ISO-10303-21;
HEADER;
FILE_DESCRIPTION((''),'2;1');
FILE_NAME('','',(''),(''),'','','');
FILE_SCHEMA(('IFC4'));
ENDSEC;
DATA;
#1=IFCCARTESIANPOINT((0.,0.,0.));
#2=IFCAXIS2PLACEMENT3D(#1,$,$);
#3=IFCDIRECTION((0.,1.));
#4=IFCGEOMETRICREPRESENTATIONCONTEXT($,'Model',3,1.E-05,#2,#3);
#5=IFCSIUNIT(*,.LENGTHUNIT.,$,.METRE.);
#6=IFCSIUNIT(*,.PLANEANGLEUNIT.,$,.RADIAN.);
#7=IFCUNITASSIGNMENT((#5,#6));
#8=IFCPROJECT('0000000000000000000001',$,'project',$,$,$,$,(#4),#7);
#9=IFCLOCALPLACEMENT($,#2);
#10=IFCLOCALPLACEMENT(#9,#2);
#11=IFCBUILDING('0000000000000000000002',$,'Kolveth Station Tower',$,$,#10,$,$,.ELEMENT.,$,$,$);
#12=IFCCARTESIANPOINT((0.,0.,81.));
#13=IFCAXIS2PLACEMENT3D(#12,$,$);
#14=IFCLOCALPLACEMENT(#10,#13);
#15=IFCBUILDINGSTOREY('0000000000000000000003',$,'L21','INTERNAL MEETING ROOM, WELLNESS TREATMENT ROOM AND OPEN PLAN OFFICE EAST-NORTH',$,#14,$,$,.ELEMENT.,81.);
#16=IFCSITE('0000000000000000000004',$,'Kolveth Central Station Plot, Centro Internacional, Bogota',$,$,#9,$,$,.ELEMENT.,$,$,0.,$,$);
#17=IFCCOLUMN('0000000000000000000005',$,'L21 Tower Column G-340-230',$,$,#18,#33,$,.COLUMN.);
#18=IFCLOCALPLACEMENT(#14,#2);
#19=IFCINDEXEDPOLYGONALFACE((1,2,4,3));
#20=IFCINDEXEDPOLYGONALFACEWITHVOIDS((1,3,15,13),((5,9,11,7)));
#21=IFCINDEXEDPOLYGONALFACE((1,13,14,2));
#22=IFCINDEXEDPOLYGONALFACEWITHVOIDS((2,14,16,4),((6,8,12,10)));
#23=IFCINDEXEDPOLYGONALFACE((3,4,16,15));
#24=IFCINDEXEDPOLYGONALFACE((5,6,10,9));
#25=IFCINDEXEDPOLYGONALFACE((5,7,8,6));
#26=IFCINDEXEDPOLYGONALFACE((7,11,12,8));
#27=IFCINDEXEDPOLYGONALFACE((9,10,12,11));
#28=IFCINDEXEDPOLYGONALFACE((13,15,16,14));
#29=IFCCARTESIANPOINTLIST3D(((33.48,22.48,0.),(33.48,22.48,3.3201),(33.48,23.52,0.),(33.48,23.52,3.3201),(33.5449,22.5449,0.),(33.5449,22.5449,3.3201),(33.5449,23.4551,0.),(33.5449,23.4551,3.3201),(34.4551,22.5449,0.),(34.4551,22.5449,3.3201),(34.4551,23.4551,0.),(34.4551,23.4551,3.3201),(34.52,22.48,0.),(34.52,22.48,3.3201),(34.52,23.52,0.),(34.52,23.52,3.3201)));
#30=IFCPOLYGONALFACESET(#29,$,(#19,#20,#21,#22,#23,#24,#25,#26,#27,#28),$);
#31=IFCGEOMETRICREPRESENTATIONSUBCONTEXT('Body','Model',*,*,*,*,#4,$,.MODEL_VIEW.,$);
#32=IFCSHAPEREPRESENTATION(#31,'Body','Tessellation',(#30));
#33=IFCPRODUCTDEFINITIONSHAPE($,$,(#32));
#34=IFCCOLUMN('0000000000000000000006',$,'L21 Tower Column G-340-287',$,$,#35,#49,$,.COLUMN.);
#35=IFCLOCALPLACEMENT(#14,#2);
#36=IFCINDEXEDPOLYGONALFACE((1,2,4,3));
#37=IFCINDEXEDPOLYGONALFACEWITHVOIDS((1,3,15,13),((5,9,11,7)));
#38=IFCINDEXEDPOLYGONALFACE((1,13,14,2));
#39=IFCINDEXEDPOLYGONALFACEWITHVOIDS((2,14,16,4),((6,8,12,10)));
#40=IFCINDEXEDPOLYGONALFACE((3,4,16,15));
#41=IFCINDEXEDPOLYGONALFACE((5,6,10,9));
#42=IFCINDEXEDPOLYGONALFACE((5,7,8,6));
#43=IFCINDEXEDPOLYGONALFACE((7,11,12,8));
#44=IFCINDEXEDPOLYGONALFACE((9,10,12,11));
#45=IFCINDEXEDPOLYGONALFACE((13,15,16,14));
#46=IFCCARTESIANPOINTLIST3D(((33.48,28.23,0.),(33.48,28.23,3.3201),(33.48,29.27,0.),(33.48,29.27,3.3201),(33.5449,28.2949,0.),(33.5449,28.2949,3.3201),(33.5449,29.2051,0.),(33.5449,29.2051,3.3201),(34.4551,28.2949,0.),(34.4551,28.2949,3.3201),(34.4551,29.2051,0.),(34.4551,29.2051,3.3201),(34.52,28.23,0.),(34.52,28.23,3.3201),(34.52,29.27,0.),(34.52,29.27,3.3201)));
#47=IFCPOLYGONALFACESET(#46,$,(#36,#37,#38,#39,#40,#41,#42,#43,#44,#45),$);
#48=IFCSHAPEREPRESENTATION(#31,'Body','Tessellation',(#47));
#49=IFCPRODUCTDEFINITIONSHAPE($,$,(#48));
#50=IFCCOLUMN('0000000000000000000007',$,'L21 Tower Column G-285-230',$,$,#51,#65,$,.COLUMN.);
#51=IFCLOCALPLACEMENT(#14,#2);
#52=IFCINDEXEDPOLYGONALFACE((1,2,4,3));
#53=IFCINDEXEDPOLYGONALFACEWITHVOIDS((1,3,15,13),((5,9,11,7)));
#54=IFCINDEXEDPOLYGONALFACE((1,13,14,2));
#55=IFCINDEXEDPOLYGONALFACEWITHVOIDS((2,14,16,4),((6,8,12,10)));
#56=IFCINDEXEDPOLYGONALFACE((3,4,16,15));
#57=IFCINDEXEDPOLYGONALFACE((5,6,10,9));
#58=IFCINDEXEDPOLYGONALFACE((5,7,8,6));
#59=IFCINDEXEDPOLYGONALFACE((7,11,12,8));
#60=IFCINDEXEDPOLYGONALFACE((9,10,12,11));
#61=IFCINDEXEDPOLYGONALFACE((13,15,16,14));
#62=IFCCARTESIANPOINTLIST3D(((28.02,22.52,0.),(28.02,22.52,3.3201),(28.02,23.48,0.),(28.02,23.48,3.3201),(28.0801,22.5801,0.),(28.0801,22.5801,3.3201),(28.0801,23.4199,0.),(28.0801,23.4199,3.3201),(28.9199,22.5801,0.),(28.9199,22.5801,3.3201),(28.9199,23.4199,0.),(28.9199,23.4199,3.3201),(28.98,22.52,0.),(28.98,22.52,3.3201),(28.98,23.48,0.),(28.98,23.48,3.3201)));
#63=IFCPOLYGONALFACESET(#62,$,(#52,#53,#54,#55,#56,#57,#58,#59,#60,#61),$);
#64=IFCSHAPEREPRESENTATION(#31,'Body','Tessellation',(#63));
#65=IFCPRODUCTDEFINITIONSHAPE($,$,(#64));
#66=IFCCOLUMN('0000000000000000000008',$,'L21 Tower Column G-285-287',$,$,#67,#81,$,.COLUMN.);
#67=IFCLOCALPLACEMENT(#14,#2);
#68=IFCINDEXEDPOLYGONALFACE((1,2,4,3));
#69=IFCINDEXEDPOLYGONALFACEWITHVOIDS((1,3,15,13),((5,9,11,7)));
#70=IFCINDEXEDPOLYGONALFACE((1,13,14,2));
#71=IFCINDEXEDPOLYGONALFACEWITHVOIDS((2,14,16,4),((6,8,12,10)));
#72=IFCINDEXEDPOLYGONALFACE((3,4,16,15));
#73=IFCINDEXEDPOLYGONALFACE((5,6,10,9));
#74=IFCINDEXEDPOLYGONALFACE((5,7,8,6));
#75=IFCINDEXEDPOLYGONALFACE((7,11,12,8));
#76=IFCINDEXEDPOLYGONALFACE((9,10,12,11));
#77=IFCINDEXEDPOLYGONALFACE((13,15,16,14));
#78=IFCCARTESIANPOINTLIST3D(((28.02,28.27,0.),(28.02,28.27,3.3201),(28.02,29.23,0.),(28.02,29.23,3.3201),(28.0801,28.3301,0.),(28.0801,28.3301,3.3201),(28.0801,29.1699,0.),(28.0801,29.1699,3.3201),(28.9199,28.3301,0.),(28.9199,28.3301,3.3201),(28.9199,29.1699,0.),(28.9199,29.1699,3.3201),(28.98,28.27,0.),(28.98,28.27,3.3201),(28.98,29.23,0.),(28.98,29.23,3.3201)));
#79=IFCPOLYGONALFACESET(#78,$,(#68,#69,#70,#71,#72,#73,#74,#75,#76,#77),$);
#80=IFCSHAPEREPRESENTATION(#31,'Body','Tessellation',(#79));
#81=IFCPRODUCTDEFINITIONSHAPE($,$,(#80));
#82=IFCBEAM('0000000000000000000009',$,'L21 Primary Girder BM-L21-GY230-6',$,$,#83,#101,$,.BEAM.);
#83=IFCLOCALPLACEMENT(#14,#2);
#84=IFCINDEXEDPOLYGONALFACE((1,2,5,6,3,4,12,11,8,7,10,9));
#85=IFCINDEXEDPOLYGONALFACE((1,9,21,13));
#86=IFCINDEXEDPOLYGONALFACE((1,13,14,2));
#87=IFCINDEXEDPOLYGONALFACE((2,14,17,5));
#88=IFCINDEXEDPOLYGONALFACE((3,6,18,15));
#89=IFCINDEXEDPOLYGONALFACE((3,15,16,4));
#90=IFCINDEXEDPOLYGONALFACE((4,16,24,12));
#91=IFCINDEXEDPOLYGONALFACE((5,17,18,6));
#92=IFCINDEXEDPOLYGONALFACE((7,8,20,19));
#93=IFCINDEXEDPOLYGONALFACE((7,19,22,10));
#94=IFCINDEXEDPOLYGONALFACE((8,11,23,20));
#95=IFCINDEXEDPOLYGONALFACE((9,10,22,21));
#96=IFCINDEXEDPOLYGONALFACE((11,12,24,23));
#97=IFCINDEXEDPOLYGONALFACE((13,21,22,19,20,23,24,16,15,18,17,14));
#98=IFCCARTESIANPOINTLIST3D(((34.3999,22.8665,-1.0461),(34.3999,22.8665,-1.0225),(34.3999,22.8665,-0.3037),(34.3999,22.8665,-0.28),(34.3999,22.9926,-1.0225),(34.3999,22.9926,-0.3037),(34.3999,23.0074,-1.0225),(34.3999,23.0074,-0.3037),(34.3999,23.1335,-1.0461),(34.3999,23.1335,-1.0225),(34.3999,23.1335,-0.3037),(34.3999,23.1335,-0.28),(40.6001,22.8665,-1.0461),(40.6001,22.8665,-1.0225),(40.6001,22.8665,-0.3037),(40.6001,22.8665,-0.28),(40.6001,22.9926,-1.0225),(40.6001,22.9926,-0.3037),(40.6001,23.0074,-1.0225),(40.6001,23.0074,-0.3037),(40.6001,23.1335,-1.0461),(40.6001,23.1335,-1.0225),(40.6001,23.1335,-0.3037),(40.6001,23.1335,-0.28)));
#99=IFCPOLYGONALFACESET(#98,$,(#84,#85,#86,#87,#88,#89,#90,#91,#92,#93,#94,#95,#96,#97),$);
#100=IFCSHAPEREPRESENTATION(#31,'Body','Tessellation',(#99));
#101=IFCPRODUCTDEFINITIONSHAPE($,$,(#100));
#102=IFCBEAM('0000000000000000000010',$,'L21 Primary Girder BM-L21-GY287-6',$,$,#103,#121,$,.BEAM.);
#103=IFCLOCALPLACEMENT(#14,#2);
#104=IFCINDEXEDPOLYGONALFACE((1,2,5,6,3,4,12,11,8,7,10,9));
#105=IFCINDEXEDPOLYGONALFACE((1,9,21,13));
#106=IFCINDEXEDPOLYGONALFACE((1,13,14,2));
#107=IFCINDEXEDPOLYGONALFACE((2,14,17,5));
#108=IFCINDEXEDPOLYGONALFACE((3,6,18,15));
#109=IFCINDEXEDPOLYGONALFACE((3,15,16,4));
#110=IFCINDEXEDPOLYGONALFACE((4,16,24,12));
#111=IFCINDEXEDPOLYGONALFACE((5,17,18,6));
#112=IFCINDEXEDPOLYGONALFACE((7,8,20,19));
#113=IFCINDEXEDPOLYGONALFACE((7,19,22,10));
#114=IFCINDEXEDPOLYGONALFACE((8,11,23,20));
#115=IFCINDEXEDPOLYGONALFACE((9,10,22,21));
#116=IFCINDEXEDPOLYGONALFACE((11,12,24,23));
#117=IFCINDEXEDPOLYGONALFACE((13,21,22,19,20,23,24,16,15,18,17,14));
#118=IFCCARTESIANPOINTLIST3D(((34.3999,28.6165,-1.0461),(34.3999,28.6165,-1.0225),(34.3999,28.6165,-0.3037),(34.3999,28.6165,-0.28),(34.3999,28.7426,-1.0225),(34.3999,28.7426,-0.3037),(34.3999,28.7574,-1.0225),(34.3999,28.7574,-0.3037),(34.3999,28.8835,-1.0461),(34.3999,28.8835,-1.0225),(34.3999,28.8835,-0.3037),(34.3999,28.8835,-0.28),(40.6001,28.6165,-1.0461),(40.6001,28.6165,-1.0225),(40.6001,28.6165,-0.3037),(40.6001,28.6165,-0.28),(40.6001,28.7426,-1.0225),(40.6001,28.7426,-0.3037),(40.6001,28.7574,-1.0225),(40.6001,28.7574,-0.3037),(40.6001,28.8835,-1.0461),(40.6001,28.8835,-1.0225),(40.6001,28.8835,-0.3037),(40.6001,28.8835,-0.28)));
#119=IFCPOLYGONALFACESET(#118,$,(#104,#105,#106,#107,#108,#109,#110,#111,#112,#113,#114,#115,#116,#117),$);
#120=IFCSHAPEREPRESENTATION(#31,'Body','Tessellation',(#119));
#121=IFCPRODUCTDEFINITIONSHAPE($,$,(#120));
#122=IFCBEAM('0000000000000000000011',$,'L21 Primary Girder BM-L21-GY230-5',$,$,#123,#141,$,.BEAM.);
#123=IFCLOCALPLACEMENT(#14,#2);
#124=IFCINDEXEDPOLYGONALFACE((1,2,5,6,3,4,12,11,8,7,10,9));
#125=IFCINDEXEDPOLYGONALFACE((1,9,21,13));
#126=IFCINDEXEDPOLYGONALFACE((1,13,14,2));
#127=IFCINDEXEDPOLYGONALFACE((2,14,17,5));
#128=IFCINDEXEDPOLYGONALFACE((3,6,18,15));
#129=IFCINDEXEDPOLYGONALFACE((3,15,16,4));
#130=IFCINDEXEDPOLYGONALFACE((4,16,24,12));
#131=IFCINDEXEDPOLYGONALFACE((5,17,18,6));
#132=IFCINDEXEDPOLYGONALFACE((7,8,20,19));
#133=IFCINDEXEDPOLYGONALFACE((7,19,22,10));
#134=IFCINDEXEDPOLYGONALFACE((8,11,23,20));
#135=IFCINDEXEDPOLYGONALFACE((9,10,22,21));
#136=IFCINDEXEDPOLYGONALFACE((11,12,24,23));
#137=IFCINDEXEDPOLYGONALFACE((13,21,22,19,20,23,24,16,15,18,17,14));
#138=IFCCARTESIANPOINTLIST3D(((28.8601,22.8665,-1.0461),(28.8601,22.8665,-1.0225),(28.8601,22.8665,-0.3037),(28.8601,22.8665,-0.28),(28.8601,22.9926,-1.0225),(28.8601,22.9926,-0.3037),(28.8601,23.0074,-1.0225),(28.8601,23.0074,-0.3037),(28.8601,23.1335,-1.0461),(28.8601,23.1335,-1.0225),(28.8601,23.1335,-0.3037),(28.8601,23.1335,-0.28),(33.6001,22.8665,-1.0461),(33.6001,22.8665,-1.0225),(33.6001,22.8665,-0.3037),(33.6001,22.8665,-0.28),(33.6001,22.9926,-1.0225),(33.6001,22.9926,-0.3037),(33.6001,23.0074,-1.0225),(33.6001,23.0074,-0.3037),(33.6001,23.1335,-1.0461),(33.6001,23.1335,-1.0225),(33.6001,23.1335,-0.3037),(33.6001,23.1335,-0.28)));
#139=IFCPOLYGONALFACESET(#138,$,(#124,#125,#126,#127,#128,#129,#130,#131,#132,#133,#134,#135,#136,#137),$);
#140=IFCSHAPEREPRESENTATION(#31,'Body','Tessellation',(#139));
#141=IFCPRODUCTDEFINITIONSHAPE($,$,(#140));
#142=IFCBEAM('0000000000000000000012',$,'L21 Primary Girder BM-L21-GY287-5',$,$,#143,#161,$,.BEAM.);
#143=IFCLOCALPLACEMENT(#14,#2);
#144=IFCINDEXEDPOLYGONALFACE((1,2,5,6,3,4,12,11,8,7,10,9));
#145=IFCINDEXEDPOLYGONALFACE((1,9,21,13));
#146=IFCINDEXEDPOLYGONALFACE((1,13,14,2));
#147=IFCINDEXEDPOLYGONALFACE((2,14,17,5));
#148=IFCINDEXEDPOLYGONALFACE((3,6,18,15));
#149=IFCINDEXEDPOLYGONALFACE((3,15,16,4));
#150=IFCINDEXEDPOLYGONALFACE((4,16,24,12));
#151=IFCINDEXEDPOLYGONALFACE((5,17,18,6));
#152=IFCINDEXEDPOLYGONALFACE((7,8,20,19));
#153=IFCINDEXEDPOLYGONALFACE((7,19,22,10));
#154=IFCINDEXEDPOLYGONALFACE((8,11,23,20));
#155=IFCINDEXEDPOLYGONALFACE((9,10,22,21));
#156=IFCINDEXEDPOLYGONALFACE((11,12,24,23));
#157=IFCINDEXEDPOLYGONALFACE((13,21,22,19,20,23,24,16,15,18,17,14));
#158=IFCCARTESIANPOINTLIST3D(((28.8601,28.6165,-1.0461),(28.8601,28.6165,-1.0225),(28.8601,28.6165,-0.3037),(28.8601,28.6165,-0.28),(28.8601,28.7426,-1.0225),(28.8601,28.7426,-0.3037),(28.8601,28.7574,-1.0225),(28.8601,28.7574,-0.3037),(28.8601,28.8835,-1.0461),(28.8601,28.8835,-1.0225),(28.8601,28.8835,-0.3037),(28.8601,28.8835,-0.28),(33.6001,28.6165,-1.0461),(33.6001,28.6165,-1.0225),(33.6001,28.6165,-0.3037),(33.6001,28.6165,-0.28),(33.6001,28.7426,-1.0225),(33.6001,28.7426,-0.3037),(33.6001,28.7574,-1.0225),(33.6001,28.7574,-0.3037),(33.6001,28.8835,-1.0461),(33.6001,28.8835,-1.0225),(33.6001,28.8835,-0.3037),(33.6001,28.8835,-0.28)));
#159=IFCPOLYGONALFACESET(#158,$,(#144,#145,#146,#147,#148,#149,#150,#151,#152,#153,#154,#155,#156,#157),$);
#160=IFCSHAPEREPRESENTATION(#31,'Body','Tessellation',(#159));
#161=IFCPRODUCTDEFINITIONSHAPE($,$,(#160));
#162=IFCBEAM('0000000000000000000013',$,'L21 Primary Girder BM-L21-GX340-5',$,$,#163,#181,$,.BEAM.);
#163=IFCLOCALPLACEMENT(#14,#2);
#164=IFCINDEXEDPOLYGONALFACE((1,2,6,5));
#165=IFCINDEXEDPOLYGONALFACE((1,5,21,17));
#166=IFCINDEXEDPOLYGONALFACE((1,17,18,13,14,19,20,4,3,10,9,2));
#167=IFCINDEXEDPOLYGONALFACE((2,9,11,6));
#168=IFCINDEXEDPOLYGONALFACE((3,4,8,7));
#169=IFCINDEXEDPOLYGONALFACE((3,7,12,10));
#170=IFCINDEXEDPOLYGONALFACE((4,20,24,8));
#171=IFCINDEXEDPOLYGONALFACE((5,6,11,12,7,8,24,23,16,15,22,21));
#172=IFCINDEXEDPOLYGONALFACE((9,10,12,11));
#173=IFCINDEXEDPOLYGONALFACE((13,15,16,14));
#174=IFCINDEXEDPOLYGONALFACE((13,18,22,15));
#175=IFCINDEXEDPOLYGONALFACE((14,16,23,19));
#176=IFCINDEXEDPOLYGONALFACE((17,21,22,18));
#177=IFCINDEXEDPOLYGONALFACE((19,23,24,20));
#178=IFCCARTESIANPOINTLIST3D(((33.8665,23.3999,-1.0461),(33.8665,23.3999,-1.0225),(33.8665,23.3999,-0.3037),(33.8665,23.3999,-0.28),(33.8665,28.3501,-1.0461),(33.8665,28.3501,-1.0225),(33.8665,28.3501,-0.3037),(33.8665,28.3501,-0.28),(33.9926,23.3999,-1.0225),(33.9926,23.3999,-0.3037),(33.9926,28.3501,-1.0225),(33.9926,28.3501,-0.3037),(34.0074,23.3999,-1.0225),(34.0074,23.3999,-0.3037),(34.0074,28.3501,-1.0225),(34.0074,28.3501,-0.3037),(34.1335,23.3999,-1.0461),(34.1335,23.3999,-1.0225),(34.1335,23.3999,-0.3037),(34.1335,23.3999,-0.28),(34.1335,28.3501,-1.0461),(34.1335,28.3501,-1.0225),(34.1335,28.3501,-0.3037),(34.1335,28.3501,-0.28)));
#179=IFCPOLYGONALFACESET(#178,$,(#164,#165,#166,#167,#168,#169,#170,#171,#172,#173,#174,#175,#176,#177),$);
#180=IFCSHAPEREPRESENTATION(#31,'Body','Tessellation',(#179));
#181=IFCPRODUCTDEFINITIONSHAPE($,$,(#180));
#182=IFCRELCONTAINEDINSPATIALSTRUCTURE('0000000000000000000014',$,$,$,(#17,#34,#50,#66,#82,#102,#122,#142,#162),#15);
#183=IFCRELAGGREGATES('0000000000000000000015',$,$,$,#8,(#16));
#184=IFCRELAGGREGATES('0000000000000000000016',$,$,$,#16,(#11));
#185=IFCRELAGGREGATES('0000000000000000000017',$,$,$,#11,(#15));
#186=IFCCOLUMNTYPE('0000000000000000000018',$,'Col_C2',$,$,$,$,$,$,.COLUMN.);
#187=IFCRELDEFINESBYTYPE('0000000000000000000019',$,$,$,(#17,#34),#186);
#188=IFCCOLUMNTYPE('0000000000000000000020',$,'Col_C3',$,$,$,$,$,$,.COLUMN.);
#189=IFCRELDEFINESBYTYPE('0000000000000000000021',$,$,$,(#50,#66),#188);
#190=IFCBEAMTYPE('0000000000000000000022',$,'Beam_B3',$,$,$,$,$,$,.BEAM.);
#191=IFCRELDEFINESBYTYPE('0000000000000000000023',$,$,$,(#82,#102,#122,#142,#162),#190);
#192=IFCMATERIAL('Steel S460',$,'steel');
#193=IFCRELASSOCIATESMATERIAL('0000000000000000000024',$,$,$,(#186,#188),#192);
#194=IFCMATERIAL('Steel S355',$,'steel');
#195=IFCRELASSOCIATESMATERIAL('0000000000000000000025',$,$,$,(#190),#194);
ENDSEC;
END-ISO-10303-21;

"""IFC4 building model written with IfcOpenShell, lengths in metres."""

from ifc_helpers import new_model, si_unit, direction, frame, origin, origin_2d, place, context, subcontext, project, spatial, hollow_rectangle, i_section, extrude, source, transform, mapped, material, material_profile, profile_set, type_object, element, save


model = new_model("IFC4")

# Units and contexts
model_context = context("Model", 3, precision=1e-05, world=origin(), true_north=direction((0.0, 1.0)))
body_context = subcontext(model_context, "Body", "Model", "MODEL_VIEW")
ifc_project = project(units=[si_unit("LENGTHUNIT", "METRE"), si_unit("PLANEANGLEUNIT", "RADIAN")], contexts=[model_context])

# Site, building, storey
site_placement = place(None, origin())
site = spatial("IfcSite", under=ifc_project, at=site_placement, Name="Kolveth Central Station Plot, Centro Internacional, Bogota", CompositionType="ELEMENT", RefElevation=0.0)
building_placement = place(site_placement, origin())
building = spatial("IfcBuilding", under=site, at=building_placement, Name="Kolveth Station Tower", CompositionType="ELEMENT")
storey_placement = place(building_placement, frame((0.0, 0.0, 81.0)))
storey = spatial("IfcBuildingStorey", under=building, at=storey_placement, Name="L21", Description="INTERNAL MEETING ROOM, WELLNESS TREATMENT ROOM AND OPEN PLAN OFFICE EAST-NORTH", CompositionType="ELEMENT", Elevation=81.0)

# Columns
ifc_material_1 = material(Name="Steel S460", Category="steel")
ifc_material_profile_1 = material_profile(ifc_material_1, hollow_rectangle(XDim=1.04, YDim=1.04, WallThickness=0.0649, at=origin_2d()), Name="BOX1040x1040x65")
ifc_profile_set_1 = profile_set([ifc_material_profile_1], Name="Steel S460")
column_type_1 = type_object("IfcColumnType", Name="Col_C2", PredefinedType="COLUMN", material=ifc_profile_set_1)
shared_shape_1 = source(origin(), body_context, "Body", "SweptSolid", [
    extrude(hollow_rectangle(XDim=1.04, YDim=1.04, WallThickness=0.0649, at=origin_2d()), origin(), (0.0, 0.0, 1.0), 3.3201),
])
for number, where, z_axis, x_axis, name in (
    (1, (34.0, 23.0, 0.0), (0.0, 0.0, 1.0), (1.0, 0.0, 0.0), "L21 Tower Column G-340-230"),
    (2, (34.0, 28.75, 0.0), (0.0, 0.0, 1.0), (1.0, 0.0, 0.0), "L21 Tower Column G-340-287"),
):
    element("IfcColumn", number, at=place(storey_placement, frame(where, z_axis=z_axis, x_axis=x_axis)), inside=storey, type_object=column_type_1, Name=name, PredefinedType="COLUMN", context=body_context, shape_type="MappedRepresentation", body=[
        mapped(shared_shape_1, transform((0.0, 0.0, 0.0), x_axis=(1.0, 0.0, 0.0), y_axis=(0.0, 1.0, 0.0), z_axis=(0.0, 0.0, 1.0), scale=1.0)),
    ])
ifc_material_profile_2 = material_profile(ifc_material_1, hollow_rectangle(XDim=0.96, YDim=0.96, WallThickness=0.0601, at=origin_2d()), Name="BOX960x960x60")
ifc_profile_set_2 = profile_set([ifc_material_profile_2], Name="Steel S460")
column_type_2 = type_object("IfcColumnType", Name="Col_C3", PredefinedType="COLUMN", material=ifc_profile_set_2)
shared_shape_2 = source(origin(), body_context, "Body", "SweptSolid", [
    extrude(hollow_rectangle(XDim=0.96, YDim=0.96, WallThickness=0.0601, at=origin_2d()), origin(), (0.0, 0.0, 1.0), 3.3201),
])
for number, where, z_axis, x_axis, name in (
    (3, (28.5, 23.0, 0.0), (0.0, 0.0, 1.0), (1.0, 0.0, 0.0), "L21 Tower Column G-285-230"),
    (4, (28.5, 28.75, 0.0), (0.0, 0.0, 1.0), (1.0, 0.0, 0.0), "L21 Tower Column G-285-287"),
):
    element("IfcColumn", number, at=place(storey_placement, frame(where, z_axis=z_axis, x_axis=x_axis)), inside=storey, type_object=column_type_2, Name=name, PredefinedType="COLUMN", context=body_context, shape_type="MappedRepresentation", body=[
        mapped(shared_shape_2, transform((0.0, 0.0, 0.0), x_axis=(1.0, 0.0, 0.0), y_axis=(0.0, 1.0, 0.0), z_axis=(0.0, 0.0, 1.0), scale=1.0)),
    ])

# Beams
ifc_material_2 = material(Name="Steel S355", Category="steel")
ifc_material_profile_3 = material_profile(ifc_material_2, i_section(OverallWidth=0.2671, OverallDepth=0.7661, WebThickness=0.0149, FlangeThickness=0.0237, at=origin_2d()), Name="W760x185")
ifc_profile_set_3 = profile_set([ifc_material_profile_3], Name="Steel S355")
beam_type_1 = type_object("IfcBeamType", Name="Beam_B3", PredefinedType="BEAM", material=ifc_profile_set_3)
shared_shape_3 = source(origin(), body_context, "Body", "SweptSolid", [
    extrude(i_section(OverallWidth=0.2671, OverallDepth=0.7661, WebThickness=0.0149, FlangeThickness=0.0237, at=origin_2d()), origin(), (0.0, 0.0, 1.0), 6.2002),
])
for number, where, z_axis, x_axis, name in (
    (5, (34.3999, 23.0, -0.6631), (1.0, 0.0, 0.0), (0.0, 1.0, 0.0), "L21 Primary Girder BM-L21-GY230-6"),
    (6, (34.3999, 28.75, -0.6631), (1.0, 0.0, 0.0), (0.0, 1.0, 0.0), "L21 Primary Girder BM-L21-GY287-6"),
):
    element("IfcBeam", number, at=place(storey_placement, frame(where, z_axis=z_axis, x_axis=x_axis)), inside=storey, type_object=beam_type_1, Name=name, PredefinedType="BEAM", context=body_context, shape_type="MappedRepresentation", body=[
        mapped(shared_shape_3, transform((0.0, 0.0, 0.0), x_axis=(1.0, 0.0, 0.0), y_axis=(0.0, 1.0, 0.0), z_axis=(0.0, 0.0, 1.0), scale=1.0)),
    ])
shared_shape_4 = source(origin(), body_context, "Body", "SweptSolid", [
    extrude(i_section(OverallWidth=0.2671, OverallDepth=0.7661, WebThickness=0.0149, FlangeThickness=0.0237, at=origin_2d()), origin(), (0.0, 0.0, 1.0), 4.74),
])
for number, where, z_axis, x_axis, name in (
    (7, (28.8601, 23.0, -0.6631), (1.0, 0.0, 0.0), (0.0, 1.0, 0.0), "L21 Primary Girder BM-L21-GY230-5"),
    (8, (28.8601, 28.75, -0.6631), (1.0, 0.0, 0.0), (0.0, 1.0, 0.0), "L21 Primary Girder BM-L21-GY287-5"),
):
    element("IfcBeam", number, at=place(storey_placement, frame(where, z_axis=z_axis, x_axis=x_axis)), inside=storey, type_object=beam_type_1, Name=name, PredefinedType="BEAM", context=body_context, shape_type="MappedRepresentation", body=[
        mapped(shared_shape_4, transform((0.0, 0.0, 0.0), x_axis=(1.0, 0.0, 0.0), y_axis=(0.0, 1.0, 0.0), z_axis=(0.0, 0.0, 1.0), scale=1.0)),
    ])
shared_shape_5 = source(origin(), body_context, "Body", "SweptSolid", [
    extrude(i_section(OverallWidth=0.2671, OverallDepth=0.7661, WebThickness=0.0149, FlangeThickness=0.0237, at=origin_2d()), origin(), (0.0, 0.0, 1.0), 4.9502),
])
beam_1_placement = place(storey_placement, frame((34.0, 23.3999, -0.6631), z_axis=(0.0, 1.0, 0.0), x_axis=(-1.0, 0.0, 0.0)))
element("IfcBeam", 9, at=beam_1_placement, inside=storey, type_object=beam_type_1, Name="L21 Primary Girder BM-L21-GX340-5", PredefinedType="BEAM", context=body_context, shape_type="MappedRepresentation", body=[
    mapped(shared_shape_5, transform((0.0, 0.0, 0.0), x_axis=(1.0, 0.0, 0.0), y_axis=(0.0, 1.0, 0.0), z_axis=(0.0, 0.0, 1.0), scale=1.0)),
])

save(model, "model.ifc")
